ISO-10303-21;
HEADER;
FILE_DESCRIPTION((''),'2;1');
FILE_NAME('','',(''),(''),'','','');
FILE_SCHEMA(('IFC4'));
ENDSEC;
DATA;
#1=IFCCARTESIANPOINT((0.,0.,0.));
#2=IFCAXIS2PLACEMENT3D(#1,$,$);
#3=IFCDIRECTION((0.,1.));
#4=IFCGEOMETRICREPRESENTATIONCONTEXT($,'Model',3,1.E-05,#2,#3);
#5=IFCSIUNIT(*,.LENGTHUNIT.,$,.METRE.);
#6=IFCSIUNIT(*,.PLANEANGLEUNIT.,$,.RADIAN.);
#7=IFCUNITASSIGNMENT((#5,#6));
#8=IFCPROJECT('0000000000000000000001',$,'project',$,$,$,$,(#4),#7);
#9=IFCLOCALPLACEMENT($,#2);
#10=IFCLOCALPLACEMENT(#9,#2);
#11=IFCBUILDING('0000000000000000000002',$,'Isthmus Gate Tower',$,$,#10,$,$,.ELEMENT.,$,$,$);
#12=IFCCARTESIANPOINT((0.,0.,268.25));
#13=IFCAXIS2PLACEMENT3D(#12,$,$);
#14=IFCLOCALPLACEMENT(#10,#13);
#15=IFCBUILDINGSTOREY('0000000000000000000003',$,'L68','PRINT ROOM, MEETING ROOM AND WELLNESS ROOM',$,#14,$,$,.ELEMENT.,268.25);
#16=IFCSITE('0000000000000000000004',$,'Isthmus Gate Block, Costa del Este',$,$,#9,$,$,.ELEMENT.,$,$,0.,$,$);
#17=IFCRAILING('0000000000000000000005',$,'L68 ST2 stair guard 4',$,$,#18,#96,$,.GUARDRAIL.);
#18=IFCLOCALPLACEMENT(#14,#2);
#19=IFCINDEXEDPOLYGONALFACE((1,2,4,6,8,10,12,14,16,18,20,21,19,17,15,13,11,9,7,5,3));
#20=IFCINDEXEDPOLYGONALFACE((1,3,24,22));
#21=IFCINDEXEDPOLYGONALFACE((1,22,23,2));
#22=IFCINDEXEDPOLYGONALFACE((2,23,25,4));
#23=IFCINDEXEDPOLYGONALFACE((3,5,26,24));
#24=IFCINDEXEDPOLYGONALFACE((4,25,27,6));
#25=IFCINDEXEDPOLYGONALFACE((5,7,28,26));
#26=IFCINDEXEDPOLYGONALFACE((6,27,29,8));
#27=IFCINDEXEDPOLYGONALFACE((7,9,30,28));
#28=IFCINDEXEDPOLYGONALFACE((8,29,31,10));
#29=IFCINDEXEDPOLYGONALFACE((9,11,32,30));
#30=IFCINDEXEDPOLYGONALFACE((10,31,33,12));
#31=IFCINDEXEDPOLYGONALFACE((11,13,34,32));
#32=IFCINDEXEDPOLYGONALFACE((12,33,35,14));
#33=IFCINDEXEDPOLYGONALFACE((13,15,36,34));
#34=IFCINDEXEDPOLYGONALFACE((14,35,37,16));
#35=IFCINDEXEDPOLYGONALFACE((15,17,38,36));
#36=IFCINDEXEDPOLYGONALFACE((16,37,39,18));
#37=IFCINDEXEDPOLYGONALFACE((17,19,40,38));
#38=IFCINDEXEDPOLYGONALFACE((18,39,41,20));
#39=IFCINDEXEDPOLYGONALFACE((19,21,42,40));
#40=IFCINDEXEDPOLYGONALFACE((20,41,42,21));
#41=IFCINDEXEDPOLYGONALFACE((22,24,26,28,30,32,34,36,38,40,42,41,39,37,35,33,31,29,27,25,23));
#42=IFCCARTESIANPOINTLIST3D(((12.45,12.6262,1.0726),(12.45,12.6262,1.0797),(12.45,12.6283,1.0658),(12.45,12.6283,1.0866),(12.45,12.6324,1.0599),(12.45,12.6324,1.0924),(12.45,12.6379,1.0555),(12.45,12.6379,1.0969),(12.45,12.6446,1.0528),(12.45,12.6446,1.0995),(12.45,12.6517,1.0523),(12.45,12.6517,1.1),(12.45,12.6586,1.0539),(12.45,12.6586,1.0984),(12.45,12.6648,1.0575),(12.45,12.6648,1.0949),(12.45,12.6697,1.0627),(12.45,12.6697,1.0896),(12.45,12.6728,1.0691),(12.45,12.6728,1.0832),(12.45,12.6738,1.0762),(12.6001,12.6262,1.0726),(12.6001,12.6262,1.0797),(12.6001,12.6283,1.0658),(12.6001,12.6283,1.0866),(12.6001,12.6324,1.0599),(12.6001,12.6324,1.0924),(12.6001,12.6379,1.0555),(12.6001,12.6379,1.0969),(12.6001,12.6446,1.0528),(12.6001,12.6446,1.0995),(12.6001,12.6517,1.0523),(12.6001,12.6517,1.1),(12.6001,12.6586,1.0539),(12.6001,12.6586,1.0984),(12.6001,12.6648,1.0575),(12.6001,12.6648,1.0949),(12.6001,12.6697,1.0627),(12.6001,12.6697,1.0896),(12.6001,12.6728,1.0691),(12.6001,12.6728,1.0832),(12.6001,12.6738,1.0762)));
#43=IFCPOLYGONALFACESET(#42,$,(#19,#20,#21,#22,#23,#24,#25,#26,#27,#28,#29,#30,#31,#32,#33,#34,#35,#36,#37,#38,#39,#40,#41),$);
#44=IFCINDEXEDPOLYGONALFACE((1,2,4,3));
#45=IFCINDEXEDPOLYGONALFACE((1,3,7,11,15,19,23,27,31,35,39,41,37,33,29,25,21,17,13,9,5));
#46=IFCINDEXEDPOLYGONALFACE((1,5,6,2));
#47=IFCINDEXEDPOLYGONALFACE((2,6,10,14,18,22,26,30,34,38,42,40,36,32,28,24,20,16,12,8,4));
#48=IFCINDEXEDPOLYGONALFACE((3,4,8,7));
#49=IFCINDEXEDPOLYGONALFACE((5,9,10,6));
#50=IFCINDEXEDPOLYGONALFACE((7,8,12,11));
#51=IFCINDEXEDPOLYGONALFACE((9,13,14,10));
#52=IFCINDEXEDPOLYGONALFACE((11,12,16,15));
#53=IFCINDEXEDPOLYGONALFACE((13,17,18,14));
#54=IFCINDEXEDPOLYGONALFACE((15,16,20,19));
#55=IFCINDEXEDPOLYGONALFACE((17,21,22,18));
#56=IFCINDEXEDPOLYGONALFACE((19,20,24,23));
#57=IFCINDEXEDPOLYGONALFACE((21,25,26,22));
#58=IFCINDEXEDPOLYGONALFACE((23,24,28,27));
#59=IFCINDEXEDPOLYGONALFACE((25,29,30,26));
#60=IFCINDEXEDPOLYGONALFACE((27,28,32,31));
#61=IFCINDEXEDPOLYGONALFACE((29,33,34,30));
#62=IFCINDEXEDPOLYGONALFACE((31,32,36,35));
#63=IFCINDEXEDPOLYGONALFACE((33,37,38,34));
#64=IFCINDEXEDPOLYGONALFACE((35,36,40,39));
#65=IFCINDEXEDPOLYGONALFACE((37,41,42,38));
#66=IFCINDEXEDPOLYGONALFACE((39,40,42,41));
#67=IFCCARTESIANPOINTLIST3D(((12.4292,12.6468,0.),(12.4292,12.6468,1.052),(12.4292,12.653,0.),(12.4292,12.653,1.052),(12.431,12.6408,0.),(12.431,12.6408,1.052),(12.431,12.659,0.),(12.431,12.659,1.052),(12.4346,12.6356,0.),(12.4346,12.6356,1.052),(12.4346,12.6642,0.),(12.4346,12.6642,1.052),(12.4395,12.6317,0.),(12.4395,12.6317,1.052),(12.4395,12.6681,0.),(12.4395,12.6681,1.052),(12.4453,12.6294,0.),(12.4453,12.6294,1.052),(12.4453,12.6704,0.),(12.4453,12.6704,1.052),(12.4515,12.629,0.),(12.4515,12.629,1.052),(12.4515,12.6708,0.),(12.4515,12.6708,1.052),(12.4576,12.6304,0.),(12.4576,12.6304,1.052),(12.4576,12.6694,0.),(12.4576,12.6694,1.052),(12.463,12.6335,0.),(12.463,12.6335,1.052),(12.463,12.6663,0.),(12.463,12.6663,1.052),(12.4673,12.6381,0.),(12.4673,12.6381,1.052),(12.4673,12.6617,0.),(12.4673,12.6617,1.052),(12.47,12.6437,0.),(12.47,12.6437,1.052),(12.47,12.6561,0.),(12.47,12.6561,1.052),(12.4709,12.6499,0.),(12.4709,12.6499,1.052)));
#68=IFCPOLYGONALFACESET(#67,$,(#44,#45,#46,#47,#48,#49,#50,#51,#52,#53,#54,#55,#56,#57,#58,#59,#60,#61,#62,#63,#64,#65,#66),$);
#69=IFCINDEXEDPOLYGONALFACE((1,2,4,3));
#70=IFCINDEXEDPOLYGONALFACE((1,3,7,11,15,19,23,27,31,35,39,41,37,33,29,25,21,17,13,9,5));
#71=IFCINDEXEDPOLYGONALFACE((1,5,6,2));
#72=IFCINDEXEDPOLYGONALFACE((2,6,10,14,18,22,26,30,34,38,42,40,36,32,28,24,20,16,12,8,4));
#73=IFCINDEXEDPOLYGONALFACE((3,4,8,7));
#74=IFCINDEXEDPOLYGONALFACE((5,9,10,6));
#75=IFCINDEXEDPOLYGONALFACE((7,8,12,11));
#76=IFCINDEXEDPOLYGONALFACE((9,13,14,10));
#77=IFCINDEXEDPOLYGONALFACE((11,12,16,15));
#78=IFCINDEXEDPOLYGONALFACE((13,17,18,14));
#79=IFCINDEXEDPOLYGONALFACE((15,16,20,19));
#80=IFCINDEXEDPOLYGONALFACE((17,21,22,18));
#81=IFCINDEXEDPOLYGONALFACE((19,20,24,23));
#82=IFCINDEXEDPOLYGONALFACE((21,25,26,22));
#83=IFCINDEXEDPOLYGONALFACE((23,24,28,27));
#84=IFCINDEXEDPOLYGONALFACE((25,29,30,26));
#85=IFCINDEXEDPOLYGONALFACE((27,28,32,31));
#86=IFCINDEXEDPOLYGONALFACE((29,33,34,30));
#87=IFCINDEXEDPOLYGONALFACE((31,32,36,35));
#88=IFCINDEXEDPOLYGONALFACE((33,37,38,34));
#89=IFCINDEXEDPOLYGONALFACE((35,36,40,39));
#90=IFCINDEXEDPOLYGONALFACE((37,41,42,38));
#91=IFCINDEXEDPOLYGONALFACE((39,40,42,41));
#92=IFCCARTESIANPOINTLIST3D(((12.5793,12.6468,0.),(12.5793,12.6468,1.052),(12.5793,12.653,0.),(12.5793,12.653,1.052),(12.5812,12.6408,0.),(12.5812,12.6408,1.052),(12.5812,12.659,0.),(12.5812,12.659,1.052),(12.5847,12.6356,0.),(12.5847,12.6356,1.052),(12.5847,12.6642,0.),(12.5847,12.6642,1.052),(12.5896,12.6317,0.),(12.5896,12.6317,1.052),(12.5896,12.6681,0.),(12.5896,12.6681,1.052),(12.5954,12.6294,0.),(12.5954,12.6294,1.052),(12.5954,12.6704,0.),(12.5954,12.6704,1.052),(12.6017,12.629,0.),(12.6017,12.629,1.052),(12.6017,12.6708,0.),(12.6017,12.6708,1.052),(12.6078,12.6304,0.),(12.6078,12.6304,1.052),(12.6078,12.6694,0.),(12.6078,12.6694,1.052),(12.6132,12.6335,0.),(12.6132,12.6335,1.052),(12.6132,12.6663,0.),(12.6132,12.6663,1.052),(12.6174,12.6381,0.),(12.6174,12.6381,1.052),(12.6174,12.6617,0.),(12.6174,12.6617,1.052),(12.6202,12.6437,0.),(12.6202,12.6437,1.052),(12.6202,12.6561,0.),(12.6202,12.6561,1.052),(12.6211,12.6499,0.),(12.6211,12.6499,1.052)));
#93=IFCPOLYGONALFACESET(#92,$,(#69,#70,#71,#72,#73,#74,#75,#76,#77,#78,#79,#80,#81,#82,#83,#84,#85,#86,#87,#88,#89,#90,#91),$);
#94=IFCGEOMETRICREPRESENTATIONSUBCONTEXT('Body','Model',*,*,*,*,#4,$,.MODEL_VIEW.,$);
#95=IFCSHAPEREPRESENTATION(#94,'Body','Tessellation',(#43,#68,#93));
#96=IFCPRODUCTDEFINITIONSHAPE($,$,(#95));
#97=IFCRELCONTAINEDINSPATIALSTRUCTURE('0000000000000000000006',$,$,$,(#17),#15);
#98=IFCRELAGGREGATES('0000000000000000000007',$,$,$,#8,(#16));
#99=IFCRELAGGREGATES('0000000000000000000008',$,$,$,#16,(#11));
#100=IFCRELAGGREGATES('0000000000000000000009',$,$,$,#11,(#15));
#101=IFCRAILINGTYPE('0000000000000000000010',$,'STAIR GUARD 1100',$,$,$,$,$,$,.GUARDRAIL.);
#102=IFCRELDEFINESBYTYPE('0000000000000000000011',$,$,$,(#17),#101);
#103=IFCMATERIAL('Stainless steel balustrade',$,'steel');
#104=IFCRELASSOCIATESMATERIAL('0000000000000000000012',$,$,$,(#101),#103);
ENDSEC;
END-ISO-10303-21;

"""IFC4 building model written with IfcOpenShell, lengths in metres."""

from ifc_helpers import new_model, si_unit, direction, frame, origin, origin_2d, place, context, subcontext, project, spatial, circle, extrude, material, type_object, element, save


model = new_model("IFC4")

# Units and contexts
model_context = context("Model", 3, precision=1e-05, world=origin(), true_north=direction((0.0, 1.0)))
body_context = subcontext(model_context, "Body", "Model", "MODEL_VIEW")
ifc_project = project(units=[si_unit("LENGTHUNIT", "METRE"), si_unit("PLANEANGLEUNIT", "RADIAN")], contexts=[model_context])

# Site, building, storey
site_placement = place(None, origin())
site = spatial("IfcSite", under=ifc_project, at=site_placement, Name="Isthmus Gate Block, Costa del Este", CompositionType="ELEMENT", RefElevation=0.0)
building_placement = place(site_placement, origin())
building = spatial("IfcBuilding", under=site, at=building_placement, Name="Isthmus Gate Tower", CompositionType="ELEMENT")
storey_placement = place(building_placement, frame((0.0, 0.0, 268.25)))
storey = spatial("IfcBuildingStorey", under=building, at=storey_placement, Name="L68", Description="PRINT ROOM, MEETING ROOM AND WELLNESS ROOM", CompositionType="ELEMENT", Elevation=268.25)

# Railing
ifc_material_1 = material(Name="Stainless steel balustrade", Category="steel")
railing_type_1 = type_object("IfcRailingType", Name="STAIR GUARD 1100", PredefinedType="GUARDRAIL", material=ifc_material_1)
railing_1_placement = place(storey_placement, frame((12.45, 12.6499, 0.0)))
element("IfcRailing", 1, at=railing_1_placement, inside=storey, type_object=railing_type_1, Name="L68 ST2 stair guard 4", PredefinedType="GUARDRAIL", context=body_context, shape_type="SweptSolid", body=[
    extrude(circle(Radius=0.0239, at=origin_2d()), frame((0.0, 0.0, 1.0762), z_axis=(1.0, 0.0, 0.0), x_axis=(0.0, 1.0, 0.0)), (0.0, 0.0, 1.0), 0.1501),
    extrude(circle(Radius=0.021, at=origin_2d()), origin(), (0.0, 0.0, 1.0), 1.052),
    extrude(circle(Radius=0.021, at=origin_2d()), frame((0.1501, 0.0, 0.0)), (0.0, 0.0, 1.0), 1.052),
])

save(model, "model.ifc")
